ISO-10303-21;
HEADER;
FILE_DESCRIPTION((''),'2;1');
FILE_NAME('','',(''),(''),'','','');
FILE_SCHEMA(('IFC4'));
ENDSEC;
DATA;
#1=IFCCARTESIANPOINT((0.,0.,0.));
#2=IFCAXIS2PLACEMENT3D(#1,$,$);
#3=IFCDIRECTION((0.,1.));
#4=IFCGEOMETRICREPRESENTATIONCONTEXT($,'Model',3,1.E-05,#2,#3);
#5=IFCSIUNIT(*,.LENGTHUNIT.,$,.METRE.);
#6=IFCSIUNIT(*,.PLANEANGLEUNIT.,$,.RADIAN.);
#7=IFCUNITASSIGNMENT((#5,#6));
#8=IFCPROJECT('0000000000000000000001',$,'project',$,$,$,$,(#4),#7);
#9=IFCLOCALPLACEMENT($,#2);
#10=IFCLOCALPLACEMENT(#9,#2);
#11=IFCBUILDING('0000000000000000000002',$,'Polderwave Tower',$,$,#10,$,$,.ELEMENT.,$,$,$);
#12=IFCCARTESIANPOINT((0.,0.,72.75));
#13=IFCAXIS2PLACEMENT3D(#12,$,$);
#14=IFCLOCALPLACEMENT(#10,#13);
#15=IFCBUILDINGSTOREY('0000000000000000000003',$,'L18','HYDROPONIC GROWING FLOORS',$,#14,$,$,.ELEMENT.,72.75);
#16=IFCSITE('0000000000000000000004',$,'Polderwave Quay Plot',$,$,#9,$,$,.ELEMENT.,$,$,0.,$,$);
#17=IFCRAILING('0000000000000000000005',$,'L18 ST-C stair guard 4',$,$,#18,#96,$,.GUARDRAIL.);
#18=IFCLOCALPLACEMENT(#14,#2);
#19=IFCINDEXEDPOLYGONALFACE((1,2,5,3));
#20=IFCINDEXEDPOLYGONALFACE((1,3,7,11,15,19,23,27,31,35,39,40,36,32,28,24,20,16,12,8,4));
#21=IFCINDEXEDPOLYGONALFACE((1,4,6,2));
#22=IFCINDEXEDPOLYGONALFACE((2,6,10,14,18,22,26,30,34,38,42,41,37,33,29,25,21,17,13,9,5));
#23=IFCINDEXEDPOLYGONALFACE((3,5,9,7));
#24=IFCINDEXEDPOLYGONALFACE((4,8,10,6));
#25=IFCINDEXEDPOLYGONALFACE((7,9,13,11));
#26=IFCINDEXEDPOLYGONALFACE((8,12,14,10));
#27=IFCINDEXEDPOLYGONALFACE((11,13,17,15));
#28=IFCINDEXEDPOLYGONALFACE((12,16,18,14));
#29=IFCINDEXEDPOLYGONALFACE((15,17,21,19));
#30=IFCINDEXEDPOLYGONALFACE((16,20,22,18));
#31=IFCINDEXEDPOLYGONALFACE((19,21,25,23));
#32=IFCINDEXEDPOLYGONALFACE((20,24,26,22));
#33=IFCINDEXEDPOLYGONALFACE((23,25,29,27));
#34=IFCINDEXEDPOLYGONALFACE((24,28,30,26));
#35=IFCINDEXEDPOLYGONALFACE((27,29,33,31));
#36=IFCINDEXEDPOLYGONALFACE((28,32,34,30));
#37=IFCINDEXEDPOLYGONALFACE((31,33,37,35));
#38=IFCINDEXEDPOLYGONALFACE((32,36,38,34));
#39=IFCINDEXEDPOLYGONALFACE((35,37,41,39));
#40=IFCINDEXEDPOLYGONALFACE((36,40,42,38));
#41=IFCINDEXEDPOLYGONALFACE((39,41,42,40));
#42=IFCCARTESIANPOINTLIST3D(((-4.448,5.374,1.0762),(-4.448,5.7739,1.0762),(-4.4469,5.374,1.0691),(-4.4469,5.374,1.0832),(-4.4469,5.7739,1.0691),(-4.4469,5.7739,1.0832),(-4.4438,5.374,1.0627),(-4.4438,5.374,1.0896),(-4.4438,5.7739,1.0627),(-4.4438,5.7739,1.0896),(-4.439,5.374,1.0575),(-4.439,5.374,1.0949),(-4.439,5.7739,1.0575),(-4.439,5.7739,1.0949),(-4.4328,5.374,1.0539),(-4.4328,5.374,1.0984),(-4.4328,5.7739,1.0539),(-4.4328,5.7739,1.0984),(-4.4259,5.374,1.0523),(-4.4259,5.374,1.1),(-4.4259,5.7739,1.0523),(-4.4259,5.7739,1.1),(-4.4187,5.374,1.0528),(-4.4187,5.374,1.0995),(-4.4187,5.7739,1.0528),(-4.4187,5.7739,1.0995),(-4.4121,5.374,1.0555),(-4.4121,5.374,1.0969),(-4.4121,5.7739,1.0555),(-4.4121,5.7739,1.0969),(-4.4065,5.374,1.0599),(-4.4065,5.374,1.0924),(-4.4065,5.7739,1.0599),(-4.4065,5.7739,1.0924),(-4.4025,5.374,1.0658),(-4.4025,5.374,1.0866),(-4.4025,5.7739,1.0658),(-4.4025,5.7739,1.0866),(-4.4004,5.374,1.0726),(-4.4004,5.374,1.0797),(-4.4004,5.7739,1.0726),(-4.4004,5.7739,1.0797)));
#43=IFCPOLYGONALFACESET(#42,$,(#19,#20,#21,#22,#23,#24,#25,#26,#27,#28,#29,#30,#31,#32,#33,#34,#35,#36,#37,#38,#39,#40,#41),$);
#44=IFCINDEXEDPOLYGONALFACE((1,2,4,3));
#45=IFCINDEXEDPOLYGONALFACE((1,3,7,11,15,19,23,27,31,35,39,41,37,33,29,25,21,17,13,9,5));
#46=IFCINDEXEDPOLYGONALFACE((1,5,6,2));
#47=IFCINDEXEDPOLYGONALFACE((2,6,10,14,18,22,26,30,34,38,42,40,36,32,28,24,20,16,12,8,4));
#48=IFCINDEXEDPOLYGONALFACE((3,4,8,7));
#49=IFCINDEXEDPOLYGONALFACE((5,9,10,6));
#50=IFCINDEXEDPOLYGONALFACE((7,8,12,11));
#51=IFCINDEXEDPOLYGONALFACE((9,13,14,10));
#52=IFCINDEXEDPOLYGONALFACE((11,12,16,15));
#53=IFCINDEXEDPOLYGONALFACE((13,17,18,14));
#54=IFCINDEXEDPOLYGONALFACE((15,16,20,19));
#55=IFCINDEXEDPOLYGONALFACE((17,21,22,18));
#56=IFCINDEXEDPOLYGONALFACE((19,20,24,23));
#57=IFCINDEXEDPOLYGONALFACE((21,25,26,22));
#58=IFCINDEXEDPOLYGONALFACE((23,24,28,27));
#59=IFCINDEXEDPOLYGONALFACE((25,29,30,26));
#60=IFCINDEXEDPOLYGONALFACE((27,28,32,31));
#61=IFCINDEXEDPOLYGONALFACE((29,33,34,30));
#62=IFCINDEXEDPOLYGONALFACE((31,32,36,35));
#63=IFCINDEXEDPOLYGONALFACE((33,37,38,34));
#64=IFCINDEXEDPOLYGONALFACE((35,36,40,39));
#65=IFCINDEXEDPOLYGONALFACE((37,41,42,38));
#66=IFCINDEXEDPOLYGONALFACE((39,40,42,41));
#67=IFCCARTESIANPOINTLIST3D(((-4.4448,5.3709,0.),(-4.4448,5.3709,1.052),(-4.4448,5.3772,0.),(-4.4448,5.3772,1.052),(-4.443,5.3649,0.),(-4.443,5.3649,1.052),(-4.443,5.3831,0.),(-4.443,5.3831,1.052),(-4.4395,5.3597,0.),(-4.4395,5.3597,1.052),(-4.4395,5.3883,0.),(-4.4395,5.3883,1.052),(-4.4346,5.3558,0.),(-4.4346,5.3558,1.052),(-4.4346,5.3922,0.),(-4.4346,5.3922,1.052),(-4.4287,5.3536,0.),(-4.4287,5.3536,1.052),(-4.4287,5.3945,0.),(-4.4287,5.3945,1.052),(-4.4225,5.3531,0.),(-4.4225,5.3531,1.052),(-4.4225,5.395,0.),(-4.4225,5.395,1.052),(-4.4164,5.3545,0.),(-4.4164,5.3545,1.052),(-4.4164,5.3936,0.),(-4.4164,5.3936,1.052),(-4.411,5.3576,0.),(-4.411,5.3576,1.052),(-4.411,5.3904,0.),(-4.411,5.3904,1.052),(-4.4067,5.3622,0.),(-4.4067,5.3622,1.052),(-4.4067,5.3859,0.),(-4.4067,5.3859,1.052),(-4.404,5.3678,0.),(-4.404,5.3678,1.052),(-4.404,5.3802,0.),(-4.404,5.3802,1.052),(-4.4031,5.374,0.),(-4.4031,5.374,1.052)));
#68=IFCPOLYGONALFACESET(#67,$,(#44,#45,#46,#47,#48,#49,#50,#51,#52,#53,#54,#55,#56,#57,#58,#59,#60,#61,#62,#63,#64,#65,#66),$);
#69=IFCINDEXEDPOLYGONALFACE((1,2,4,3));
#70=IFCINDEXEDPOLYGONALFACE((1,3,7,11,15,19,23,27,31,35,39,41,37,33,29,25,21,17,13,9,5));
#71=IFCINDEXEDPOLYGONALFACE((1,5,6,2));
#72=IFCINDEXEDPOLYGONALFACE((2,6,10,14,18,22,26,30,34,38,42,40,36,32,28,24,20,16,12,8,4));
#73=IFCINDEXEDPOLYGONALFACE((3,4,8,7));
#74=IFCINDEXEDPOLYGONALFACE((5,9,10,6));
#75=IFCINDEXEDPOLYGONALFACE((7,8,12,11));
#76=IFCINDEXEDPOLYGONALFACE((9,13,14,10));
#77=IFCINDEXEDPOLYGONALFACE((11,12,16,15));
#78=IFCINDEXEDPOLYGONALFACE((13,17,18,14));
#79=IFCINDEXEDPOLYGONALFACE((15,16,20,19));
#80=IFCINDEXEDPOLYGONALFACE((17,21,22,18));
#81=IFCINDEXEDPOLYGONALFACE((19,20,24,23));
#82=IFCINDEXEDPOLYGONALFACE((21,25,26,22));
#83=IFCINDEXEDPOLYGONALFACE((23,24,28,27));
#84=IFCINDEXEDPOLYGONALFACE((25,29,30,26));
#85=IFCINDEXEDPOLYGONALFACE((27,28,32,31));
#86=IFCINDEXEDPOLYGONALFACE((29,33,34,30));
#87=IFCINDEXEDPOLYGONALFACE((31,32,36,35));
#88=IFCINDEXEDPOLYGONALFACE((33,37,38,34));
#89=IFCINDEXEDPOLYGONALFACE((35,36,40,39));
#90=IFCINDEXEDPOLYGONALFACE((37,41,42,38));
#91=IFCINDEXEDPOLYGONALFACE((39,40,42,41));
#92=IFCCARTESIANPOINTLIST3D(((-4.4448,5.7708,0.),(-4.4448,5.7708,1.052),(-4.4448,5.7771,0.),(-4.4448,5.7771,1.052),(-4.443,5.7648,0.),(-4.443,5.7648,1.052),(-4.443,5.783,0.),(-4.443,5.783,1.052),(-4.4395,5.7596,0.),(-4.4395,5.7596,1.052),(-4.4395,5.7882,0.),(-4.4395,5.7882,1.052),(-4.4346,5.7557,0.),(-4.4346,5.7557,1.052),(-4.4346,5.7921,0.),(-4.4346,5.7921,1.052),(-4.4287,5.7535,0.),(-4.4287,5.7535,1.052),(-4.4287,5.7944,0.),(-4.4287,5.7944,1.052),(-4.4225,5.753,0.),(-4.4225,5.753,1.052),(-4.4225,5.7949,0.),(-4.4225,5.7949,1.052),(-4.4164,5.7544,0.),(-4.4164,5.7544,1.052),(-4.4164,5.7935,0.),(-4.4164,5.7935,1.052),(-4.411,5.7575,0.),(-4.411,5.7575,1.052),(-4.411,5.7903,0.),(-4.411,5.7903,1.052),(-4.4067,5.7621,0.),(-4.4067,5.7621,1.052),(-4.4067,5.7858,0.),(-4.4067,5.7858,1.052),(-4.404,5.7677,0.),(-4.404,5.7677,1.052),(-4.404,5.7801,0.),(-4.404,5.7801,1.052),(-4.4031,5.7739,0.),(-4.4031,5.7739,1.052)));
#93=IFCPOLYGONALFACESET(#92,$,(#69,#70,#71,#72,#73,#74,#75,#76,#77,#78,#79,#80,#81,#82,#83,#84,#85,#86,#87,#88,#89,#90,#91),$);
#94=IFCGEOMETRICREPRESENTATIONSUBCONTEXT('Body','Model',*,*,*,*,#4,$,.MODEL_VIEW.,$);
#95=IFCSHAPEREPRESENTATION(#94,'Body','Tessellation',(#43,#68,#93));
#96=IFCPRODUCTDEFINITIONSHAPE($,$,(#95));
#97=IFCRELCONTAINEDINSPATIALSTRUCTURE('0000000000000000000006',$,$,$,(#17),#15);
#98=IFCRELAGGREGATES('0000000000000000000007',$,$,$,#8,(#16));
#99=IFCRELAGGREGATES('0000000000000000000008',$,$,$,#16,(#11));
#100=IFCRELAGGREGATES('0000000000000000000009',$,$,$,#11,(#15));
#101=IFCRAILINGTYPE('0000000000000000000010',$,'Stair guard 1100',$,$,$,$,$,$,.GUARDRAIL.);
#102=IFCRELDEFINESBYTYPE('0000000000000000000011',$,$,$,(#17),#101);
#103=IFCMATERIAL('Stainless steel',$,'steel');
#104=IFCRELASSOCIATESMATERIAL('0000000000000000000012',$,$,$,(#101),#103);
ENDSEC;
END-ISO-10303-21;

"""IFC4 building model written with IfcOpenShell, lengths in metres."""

from ifc_helpers import new_model, si_unit, direction, frame, origin, origin_2d, place, context, subcontext, project, spatial, circle, extrude, material, type_object, element, save


model = new_model("IFC4")

# Units and contexts
model_context = context("Model", 3, precision=1e-05, world=origin(), true_north=direction((0.0, 1.0)))
body_context = subcontext(model_context, "Body", "Model", "MODEL_VIEW")
ifc_project = project(units=[si_unit("LENGTHUNIT", "METRE"), si_unit("PLANEANGLEUNIT", "RADIAN")], contexts=[model_context])

# Site, building, storey
site_placement = place(None, origin())
site = spatial("IfcSite", under=ifc_project, at=site_placement, Name="Polderwave Quay Plot", CompositionType="ELEMENT", RefElevation=0.0)
building_placement = place(site_placement, origin())
building = spatial("IfcBuilding", under=site, at=building_placement, Name="Polderwave Tower", CompositionType="ELEMENT")
storey_placement = place(building_placement, frame((0.0, 0.0, 72.75)))
storey = spatial("IfcBuildingStorey", under=building, at=storey_placement, Name="L18", Description="HYDROPONIC GROWING FLOORS", CompositionType="ELEMENT", Elevation=72.75)

# Railing
ifc_material_1 = material(Name="Stainless steel", Category="steel")
railing_type_1 = type_object("IfcRailingType", Name="Stair guard 1100", PredefinedType="GUARDRAIL", material=ifc_material_1)
railing_1_placement = place(storey_placement, frame((-4.4241, 5.374, 0.0)))
element("IfcRailing", 1, at=railing_1_placement, inside=storey, type_object=railing_type_1, Name="L18 ST-C stair guard 4", PredefinedType="GUARDRAIL", context=body_context, shape_type="SweptSolid", body=[
    extrude(circle(Radius=0.0239, at=origin_2d()), frame((0.0, 0.0, 1.0762), z_axis=(0.0, 1.0, 0.0), x_axis=(-1.0, 0.0, 0.0)), (0.0, 0.0, 1.0), 0.3999),
    extrude(circle(Radius=0.021, at=origin_2d()), origin(), (0.0, 0.0, 1.0), 1.052),
    extrude(circle(Radius=0.021, at=origin_2d()), frame((0.0, 0.3999, 0.0)), (0.0, 0.0, 1.0), 1.052),
])

save(model, "model.ifc")
